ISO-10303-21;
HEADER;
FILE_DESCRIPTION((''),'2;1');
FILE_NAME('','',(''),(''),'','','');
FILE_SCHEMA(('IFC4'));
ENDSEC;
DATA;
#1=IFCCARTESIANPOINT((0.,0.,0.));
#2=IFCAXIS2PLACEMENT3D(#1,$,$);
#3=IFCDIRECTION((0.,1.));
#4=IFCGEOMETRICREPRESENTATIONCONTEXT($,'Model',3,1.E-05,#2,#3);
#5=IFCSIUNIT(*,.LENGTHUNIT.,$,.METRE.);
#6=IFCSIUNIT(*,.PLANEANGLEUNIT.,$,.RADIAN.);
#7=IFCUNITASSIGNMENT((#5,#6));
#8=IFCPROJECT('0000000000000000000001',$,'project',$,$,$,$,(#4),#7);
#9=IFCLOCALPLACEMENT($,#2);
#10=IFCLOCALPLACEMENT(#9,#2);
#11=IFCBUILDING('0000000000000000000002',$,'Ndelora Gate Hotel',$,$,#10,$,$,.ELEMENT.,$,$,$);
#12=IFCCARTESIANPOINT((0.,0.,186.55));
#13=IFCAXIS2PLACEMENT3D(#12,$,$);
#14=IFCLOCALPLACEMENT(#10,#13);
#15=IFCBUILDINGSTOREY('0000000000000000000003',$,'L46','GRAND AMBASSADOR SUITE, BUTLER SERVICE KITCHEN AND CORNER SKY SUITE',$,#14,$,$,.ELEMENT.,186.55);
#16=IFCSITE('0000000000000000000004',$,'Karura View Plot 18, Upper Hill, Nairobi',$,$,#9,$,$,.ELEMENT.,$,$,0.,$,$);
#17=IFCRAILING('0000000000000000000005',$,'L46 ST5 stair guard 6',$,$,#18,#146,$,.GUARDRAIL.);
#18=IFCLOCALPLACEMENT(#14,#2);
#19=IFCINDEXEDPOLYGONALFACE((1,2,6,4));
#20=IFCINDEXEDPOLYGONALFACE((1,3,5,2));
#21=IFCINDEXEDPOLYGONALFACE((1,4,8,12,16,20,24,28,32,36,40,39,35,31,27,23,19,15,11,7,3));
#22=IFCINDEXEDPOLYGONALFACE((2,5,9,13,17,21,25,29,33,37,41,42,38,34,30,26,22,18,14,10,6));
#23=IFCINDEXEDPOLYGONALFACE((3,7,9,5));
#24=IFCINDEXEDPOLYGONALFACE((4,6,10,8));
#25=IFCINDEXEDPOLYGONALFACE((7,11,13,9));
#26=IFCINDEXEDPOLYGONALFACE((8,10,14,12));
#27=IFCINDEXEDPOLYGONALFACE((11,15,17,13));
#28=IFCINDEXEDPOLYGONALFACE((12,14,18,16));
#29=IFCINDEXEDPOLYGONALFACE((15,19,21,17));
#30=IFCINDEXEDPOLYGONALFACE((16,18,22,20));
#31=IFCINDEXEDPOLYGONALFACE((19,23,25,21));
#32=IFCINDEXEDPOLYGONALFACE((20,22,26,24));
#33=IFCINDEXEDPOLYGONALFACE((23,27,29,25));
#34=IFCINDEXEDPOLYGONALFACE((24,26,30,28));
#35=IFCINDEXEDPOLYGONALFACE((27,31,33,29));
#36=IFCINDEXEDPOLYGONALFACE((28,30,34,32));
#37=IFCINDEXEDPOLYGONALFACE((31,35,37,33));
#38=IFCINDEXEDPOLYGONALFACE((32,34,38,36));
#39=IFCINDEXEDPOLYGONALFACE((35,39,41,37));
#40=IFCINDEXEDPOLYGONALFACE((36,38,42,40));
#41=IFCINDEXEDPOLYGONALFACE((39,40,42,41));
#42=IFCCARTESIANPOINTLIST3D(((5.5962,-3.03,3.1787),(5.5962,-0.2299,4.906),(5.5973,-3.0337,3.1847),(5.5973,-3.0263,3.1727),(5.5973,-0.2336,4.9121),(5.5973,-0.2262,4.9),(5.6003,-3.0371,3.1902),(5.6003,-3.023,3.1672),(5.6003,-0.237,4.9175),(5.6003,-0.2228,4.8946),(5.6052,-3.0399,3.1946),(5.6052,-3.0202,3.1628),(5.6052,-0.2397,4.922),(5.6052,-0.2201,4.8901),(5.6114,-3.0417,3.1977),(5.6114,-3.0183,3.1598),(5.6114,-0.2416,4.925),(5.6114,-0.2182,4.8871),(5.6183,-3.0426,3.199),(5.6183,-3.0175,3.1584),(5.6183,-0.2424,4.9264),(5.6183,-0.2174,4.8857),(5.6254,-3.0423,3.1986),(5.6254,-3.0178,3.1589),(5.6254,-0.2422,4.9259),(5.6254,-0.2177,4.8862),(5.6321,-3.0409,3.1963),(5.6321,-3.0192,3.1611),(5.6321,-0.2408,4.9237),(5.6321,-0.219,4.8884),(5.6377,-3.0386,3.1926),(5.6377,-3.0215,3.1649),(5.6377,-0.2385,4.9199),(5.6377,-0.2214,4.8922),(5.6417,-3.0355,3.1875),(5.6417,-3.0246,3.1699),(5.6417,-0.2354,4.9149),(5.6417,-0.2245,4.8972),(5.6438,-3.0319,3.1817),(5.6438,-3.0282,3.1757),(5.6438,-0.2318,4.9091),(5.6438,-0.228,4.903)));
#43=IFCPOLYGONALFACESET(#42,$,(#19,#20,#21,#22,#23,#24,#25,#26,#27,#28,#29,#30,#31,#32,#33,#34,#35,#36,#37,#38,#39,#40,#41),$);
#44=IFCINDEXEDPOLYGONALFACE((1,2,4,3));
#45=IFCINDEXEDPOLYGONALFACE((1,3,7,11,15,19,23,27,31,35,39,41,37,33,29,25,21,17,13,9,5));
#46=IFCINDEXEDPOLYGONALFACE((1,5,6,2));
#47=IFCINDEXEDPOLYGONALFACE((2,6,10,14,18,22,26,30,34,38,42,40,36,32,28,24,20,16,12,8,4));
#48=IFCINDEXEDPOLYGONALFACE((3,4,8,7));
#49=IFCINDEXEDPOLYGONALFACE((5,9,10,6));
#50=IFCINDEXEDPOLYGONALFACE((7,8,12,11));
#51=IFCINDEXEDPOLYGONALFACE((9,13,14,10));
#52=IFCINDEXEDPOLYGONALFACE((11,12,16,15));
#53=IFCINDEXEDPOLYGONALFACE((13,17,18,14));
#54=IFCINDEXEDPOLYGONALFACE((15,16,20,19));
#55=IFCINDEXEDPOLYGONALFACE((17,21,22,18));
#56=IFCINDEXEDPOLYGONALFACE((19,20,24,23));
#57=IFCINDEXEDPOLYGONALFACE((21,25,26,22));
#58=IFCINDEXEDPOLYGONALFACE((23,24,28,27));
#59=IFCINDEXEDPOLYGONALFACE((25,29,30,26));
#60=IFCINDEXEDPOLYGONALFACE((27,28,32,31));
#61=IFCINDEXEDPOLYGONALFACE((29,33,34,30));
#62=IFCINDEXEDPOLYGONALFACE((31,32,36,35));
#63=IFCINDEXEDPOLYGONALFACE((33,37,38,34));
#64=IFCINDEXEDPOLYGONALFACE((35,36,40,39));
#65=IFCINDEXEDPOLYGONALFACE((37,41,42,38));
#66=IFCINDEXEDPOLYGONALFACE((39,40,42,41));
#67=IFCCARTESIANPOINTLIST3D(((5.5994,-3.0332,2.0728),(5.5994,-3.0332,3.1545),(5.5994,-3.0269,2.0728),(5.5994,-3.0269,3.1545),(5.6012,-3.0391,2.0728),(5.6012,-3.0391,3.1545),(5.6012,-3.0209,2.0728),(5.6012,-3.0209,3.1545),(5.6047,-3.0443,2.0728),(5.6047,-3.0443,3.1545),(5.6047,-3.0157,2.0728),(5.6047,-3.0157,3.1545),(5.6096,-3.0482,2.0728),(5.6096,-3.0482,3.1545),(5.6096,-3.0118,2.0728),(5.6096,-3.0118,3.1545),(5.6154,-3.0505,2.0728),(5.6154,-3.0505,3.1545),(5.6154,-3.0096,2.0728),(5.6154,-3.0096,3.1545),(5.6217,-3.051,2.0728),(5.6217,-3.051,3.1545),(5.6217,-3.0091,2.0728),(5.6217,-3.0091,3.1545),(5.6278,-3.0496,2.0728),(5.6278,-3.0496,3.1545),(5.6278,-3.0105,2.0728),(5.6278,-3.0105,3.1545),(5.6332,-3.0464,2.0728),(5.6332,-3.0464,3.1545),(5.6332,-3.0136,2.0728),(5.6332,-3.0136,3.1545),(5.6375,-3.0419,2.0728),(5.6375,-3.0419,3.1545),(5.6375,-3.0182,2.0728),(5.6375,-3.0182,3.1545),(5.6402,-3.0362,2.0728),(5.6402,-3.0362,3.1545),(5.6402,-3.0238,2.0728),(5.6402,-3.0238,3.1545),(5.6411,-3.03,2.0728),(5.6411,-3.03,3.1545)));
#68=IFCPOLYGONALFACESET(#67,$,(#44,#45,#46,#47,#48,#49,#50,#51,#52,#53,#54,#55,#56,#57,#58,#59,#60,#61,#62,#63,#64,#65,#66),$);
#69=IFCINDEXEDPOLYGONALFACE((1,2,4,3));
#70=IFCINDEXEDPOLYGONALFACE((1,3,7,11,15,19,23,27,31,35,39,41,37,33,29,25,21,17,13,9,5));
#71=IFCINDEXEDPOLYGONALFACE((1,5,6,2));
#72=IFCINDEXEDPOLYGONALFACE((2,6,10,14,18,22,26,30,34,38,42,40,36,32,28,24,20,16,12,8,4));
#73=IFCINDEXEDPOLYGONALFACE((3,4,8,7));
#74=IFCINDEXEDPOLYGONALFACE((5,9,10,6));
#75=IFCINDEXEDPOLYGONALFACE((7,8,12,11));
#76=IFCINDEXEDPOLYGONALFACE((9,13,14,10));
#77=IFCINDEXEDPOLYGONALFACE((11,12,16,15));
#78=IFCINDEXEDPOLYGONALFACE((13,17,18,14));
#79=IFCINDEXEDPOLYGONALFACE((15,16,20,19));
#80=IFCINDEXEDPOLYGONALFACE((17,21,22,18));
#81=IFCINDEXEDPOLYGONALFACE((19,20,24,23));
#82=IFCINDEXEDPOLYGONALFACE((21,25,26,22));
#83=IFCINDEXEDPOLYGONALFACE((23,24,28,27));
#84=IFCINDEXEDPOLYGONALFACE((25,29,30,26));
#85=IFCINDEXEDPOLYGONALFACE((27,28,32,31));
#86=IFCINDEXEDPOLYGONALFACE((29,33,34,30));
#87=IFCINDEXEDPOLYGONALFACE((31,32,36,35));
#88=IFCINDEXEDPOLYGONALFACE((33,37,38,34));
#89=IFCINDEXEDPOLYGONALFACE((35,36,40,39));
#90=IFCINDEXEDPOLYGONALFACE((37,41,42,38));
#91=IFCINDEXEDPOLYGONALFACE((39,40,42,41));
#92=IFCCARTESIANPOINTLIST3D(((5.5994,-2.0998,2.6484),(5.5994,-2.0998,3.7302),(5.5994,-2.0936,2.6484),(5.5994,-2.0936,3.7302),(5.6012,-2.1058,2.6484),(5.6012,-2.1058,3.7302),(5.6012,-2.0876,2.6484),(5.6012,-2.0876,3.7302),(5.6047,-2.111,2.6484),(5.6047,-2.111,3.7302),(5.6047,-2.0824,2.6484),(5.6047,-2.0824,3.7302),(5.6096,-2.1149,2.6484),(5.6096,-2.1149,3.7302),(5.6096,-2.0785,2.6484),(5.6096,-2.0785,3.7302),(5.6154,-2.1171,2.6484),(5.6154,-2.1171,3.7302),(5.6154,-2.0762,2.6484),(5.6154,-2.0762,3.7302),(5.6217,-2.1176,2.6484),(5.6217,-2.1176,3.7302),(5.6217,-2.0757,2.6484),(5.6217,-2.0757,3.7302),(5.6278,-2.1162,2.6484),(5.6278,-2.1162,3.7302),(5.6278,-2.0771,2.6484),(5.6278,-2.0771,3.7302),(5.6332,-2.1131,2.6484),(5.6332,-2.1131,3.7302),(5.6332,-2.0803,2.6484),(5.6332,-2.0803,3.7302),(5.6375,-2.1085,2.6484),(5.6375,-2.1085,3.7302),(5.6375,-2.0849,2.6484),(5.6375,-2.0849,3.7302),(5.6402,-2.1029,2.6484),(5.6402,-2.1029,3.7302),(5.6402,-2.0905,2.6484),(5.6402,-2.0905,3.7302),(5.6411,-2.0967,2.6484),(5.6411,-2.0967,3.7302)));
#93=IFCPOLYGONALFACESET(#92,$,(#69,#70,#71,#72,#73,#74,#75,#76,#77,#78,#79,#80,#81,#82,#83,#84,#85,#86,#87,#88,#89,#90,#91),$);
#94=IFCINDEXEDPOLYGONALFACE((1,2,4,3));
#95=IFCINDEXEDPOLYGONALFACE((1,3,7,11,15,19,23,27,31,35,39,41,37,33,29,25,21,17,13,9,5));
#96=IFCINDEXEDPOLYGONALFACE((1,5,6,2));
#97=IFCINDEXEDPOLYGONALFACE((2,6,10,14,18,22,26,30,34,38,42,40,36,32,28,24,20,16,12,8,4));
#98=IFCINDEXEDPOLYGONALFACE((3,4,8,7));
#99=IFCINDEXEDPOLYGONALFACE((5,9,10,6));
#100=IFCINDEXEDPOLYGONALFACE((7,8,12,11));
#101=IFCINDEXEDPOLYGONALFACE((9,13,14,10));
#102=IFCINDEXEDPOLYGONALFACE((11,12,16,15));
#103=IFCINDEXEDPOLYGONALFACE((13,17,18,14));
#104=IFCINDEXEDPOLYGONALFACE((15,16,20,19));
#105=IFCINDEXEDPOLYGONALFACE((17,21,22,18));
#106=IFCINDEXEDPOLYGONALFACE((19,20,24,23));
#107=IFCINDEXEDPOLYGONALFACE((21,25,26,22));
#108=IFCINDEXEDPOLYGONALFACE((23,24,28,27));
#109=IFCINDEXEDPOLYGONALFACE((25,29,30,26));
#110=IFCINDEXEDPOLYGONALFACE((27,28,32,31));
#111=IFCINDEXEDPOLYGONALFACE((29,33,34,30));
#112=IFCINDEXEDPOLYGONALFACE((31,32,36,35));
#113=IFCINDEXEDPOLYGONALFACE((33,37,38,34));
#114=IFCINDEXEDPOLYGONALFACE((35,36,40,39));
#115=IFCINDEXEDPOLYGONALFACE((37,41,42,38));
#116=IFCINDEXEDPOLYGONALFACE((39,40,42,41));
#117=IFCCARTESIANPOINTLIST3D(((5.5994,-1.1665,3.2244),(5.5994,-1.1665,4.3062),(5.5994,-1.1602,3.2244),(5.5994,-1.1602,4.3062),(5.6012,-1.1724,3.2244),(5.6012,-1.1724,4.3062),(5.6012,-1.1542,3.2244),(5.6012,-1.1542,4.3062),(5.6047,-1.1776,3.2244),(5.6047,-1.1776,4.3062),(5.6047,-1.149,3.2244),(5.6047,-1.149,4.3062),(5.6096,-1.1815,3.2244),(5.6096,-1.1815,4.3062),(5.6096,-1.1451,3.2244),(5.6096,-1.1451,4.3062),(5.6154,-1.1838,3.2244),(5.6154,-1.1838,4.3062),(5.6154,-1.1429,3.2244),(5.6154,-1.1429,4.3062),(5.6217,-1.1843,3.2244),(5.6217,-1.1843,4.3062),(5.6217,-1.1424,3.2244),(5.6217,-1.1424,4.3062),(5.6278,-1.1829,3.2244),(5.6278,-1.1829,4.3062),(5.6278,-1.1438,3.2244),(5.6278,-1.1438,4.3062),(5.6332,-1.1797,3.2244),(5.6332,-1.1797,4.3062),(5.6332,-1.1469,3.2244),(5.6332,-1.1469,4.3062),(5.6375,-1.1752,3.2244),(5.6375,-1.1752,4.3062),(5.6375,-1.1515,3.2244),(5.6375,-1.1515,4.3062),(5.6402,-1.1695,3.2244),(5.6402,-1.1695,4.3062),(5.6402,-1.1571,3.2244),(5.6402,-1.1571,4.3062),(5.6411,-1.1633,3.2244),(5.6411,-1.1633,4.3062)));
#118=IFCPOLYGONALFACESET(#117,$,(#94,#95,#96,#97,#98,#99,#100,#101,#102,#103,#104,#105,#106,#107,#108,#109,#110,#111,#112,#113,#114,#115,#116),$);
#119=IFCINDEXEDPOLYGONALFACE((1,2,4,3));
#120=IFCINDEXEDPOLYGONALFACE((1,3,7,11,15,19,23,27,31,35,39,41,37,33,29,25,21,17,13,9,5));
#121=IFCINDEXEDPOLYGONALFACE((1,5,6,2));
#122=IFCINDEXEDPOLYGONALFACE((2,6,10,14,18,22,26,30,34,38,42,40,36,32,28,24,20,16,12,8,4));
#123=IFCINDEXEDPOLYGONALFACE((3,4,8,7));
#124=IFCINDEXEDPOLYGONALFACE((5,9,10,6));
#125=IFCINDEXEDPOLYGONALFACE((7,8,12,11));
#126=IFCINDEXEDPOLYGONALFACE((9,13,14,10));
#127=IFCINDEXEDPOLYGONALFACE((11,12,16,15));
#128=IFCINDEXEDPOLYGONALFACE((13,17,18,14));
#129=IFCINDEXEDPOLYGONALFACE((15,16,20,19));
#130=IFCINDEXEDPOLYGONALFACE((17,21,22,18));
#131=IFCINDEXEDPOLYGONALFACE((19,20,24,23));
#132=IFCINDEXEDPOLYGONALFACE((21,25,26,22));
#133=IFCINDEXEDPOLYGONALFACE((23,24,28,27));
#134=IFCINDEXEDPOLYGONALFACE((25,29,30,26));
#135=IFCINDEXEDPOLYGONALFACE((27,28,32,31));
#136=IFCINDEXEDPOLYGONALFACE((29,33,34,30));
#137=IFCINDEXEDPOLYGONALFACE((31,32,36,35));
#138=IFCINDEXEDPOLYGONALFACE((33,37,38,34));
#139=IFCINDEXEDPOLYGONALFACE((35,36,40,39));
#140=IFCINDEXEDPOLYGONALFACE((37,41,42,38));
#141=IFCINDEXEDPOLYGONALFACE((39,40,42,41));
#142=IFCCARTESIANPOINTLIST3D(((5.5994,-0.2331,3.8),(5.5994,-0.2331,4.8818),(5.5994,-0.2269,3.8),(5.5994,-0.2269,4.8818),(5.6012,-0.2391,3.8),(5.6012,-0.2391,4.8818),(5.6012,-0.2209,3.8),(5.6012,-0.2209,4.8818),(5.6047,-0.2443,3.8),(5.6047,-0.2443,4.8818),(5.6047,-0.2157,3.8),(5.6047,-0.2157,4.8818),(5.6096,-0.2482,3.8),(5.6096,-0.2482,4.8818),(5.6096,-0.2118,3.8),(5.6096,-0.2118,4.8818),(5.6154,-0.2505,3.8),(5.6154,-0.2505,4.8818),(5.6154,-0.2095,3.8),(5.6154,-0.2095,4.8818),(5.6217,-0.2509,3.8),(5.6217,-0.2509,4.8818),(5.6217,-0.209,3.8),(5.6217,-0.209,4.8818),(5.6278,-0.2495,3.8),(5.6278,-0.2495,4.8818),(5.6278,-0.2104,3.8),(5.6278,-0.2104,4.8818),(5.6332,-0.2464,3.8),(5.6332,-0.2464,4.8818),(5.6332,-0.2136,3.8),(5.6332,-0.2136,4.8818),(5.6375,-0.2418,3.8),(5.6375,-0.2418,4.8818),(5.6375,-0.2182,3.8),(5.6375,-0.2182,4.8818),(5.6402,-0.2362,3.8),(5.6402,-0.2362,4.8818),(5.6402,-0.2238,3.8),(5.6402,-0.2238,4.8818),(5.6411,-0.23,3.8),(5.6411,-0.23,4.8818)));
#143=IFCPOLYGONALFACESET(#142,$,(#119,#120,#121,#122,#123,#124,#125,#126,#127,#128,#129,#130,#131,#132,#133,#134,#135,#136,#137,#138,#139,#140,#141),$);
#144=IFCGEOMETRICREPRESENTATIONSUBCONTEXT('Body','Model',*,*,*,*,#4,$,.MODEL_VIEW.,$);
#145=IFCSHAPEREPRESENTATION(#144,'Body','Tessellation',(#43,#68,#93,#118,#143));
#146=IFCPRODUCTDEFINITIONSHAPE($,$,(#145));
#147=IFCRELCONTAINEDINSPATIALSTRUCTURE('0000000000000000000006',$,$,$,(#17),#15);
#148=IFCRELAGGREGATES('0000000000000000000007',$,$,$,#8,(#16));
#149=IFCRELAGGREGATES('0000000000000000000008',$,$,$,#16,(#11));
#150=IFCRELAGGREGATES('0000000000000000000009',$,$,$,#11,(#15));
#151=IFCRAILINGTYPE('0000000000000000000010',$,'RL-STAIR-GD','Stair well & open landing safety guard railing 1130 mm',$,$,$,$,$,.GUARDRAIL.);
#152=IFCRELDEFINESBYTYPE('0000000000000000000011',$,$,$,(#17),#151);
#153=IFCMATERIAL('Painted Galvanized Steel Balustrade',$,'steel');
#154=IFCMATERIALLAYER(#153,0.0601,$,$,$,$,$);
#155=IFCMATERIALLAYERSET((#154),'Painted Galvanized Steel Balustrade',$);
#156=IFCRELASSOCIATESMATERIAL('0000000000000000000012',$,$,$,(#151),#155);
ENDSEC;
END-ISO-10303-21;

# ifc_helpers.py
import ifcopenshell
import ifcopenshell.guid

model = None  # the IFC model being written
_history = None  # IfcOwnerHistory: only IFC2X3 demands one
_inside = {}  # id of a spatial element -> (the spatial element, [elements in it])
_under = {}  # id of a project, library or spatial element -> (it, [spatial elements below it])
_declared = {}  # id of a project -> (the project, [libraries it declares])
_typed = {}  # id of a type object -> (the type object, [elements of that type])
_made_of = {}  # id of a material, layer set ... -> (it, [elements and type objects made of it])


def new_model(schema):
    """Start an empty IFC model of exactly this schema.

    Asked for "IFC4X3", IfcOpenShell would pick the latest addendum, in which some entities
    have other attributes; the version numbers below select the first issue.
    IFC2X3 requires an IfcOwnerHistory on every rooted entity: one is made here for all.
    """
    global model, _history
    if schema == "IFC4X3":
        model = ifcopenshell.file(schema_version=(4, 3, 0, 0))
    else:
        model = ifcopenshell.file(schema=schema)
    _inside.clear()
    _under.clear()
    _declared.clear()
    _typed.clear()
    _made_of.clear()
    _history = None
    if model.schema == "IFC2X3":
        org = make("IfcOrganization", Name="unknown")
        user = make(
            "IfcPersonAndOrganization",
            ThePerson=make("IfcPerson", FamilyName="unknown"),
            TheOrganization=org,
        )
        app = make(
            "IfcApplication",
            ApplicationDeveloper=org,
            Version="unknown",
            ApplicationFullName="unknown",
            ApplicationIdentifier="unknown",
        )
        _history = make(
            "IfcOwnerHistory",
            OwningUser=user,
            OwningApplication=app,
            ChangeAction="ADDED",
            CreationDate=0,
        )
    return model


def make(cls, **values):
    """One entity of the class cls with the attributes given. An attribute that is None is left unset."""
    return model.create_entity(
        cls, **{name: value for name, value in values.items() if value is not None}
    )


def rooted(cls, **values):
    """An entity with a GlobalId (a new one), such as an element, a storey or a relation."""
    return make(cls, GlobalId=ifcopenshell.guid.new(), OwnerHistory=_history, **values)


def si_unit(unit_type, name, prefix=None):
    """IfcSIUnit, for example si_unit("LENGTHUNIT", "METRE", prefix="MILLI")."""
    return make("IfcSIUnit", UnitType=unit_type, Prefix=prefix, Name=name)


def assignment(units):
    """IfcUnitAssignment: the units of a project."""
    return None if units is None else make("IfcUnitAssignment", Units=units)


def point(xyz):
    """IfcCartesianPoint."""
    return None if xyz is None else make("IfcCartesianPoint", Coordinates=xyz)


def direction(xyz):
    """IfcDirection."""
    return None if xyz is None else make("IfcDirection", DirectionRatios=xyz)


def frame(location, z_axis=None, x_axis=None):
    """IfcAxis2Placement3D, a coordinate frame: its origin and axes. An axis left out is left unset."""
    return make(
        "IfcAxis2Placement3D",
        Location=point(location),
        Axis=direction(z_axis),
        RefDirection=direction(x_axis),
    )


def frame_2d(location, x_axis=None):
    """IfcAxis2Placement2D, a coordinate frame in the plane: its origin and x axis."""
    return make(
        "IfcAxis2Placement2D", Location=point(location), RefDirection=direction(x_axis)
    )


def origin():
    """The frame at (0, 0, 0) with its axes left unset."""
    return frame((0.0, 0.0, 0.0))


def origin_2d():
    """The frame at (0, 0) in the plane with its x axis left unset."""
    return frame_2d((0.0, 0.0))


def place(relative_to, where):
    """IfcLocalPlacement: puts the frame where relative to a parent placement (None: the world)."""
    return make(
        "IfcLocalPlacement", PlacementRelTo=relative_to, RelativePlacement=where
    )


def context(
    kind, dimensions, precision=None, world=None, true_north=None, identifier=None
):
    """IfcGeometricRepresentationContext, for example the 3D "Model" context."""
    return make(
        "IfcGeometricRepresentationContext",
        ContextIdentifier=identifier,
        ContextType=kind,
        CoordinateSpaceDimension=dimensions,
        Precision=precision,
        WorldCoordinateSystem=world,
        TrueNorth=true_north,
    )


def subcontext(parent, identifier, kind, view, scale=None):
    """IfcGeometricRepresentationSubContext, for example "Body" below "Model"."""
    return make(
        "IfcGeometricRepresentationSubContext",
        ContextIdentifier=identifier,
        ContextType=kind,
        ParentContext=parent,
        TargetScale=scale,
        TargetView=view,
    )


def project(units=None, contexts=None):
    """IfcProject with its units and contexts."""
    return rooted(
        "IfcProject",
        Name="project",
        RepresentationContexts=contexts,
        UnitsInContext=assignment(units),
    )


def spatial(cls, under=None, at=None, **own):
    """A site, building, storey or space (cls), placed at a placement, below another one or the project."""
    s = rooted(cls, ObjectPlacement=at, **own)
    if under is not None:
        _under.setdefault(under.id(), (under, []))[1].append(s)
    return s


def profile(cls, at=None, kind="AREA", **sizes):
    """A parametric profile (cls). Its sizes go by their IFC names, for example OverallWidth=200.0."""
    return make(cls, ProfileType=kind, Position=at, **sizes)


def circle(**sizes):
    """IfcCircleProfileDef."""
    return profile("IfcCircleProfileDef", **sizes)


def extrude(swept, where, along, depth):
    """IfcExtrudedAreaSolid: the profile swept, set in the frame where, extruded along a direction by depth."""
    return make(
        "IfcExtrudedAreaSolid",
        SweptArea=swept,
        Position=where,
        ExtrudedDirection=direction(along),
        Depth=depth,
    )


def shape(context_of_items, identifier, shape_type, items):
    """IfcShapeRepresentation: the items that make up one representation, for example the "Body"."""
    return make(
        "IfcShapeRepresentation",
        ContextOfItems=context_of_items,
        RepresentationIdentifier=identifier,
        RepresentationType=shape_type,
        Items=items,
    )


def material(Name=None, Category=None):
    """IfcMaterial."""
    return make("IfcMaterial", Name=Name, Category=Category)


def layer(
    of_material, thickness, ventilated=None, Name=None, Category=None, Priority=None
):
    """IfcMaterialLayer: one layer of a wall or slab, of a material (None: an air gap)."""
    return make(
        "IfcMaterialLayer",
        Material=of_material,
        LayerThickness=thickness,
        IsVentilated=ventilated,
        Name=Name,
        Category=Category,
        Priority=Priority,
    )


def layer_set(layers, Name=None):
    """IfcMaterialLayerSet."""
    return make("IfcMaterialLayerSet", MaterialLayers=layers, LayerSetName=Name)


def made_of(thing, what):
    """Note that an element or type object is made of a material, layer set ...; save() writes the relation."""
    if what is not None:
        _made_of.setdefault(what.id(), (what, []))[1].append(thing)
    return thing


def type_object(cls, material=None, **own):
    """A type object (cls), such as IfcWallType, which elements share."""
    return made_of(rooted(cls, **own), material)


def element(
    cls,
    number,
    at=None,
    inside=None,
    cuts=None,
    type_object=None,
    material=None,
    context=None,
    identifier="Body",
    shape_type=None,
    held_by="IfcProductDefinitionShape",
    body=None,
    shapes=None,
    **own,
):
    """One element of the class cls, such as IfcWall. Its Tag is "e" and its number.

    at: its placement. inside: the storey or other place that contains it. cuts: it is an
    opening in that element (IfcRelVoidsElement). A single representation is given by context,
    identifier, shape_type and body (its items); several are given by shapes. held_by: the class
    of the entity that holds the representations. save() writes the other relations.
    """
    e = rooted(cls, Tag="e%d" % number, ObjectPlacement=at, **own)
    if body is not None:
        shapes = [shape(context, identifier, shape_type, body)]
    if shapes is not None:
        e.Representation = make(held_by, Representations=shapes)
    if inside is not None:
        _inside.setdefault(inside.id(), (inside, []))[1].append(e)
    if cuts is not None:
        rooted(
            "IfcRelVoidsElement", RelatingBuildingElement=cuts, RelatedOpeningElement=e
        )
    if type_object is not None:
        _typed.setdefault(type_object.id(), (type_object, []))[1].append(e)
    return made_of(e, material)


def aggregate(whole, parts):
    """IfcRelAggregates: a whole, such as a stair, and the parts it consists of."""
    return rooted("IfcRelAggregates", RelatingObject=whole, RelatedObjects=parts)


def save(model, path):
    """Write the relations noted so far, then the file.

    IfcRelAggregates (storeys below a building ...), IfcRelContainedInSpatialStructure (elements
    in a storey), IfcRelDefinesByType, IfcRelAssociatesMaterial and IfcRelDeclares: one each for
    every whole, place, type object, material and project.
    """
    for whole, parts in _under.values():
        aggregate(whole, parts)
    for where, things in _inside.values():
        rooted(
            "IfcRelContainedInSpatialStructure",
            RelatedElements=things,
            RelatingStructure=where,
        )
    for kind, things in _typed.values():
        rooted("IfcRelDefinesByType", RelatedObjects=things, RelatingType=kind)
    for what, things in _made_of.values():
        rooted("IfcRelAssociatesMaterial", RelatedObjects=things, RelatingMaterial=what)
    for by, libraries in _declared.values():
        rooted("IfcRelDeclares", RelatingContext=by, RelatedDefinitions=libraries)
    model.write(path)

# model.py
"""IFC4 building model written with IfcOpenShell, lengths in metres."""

from ifc_helpers import new_model, si_unit, direction, frame, origin, origin_2d, place, context, subcontext, project, spatial, circle, extrude, material, layer, layer_set, type_object, element, save


model = new_model("IFC4")

# Units and contexts
model_context = context("Model", 3, precision=1e-05, world=origin(), true_north=direction((0.0, 1.0)))
body_context = subcontext(model_context, "Body", "Model", "MODEL_VIEW")
ifc_project = project(units=[si_unit("LENGTHUNIT", "METRE"), si_unit("PLANEANGLEUNIT", "RADIAN")], contexts=[model_context])

# Site, building, storey
site_placement = place(None, origin())
site = spatial("IfcSite", under=ifc_project, at=site_placement, Name="Karura View Plot 18, Upper Hill, Nairobi", CompositionType="ELEMENT", RefElevation=0.0)
building_placement = place(site_placement, origin())
building = spatial("IfcBuilding", under=site, at=building_placement, Name="Ndelora Gate Hotel", CompositionType="ELEMENT")
storey_placement = place(building_placement, frame((0.0, 0.0, 186.55)))
storey = spatial("IfcBuildingStorey", under=building, at=storey_placement, Name="L46", Description="GRAND AMBASSADOR SUITE, BUTLER SERVICE KITCHEN AND CORNER SKY SUITE", CompositionType="ELEMENT", Elevation=186.55)

# Railing
ifc_material_1 = material(Name="Painted Galvanized Steel Balustrade", Category="steel")
ifc_layer_1 = layer(ifc_material_1, 0.0601)
ifc_layer_set_1 = layer_set([ifc_layer_1], Name="Painted Galvanized Steel Balustrade")
railing_type_1 = type_object("IfcRailingType", Name="RL-STAIR-GD", Description="Stair well & open landing safety guard railing 1130 mm", PredefinedType="GUARDRAIL", material=ifc_layer_set_1)
railing_1_placement = place(storey_placement, frame((5.6201, -3.03, 2.0728)))
element("IfcRailing", 1, at=railing_1_placement, inside=storey, type_object=railing_type_1, Name="L46 ST5 stair guard 6", PredefinedType="GUARDRAIL", context=body_context, shape_type="SweptSolid", body=[
    extrude(circle(Radius=0.0239, at=origin_2d()), frame((0.0, 0.0, 1.106), z_axis=(0.0, 0.85109, 0.52502), x_axis=(-1.0, 0.0, 0.0)), (0.0, 0.0, 1.0), 3.29),
    extrude(circle(Radius=0.021, at=origin_2d()), origin(), (0.0, 0.0, 1.0), 1.0818),
    extrude(circle(Radius=0.021, at=origin_2d()), frame((0.0, 0.9333, 0.5757)), (0.0, 0.0, 1.0), 1.0818),
    extrude(circle(Radius=0.021, at=origin_2d()), frame((0.0, 1.8667, 1.1516)), (0.0, 0.0, 1.0), 1.0818),
    extrude(circle(Radius=0.021, at=origin_2d()), frame((0.0, 2.8, 1.7273)), (0.0, 0.0, 1.0), 1.0818),
])

save(model, "model.ifc")
